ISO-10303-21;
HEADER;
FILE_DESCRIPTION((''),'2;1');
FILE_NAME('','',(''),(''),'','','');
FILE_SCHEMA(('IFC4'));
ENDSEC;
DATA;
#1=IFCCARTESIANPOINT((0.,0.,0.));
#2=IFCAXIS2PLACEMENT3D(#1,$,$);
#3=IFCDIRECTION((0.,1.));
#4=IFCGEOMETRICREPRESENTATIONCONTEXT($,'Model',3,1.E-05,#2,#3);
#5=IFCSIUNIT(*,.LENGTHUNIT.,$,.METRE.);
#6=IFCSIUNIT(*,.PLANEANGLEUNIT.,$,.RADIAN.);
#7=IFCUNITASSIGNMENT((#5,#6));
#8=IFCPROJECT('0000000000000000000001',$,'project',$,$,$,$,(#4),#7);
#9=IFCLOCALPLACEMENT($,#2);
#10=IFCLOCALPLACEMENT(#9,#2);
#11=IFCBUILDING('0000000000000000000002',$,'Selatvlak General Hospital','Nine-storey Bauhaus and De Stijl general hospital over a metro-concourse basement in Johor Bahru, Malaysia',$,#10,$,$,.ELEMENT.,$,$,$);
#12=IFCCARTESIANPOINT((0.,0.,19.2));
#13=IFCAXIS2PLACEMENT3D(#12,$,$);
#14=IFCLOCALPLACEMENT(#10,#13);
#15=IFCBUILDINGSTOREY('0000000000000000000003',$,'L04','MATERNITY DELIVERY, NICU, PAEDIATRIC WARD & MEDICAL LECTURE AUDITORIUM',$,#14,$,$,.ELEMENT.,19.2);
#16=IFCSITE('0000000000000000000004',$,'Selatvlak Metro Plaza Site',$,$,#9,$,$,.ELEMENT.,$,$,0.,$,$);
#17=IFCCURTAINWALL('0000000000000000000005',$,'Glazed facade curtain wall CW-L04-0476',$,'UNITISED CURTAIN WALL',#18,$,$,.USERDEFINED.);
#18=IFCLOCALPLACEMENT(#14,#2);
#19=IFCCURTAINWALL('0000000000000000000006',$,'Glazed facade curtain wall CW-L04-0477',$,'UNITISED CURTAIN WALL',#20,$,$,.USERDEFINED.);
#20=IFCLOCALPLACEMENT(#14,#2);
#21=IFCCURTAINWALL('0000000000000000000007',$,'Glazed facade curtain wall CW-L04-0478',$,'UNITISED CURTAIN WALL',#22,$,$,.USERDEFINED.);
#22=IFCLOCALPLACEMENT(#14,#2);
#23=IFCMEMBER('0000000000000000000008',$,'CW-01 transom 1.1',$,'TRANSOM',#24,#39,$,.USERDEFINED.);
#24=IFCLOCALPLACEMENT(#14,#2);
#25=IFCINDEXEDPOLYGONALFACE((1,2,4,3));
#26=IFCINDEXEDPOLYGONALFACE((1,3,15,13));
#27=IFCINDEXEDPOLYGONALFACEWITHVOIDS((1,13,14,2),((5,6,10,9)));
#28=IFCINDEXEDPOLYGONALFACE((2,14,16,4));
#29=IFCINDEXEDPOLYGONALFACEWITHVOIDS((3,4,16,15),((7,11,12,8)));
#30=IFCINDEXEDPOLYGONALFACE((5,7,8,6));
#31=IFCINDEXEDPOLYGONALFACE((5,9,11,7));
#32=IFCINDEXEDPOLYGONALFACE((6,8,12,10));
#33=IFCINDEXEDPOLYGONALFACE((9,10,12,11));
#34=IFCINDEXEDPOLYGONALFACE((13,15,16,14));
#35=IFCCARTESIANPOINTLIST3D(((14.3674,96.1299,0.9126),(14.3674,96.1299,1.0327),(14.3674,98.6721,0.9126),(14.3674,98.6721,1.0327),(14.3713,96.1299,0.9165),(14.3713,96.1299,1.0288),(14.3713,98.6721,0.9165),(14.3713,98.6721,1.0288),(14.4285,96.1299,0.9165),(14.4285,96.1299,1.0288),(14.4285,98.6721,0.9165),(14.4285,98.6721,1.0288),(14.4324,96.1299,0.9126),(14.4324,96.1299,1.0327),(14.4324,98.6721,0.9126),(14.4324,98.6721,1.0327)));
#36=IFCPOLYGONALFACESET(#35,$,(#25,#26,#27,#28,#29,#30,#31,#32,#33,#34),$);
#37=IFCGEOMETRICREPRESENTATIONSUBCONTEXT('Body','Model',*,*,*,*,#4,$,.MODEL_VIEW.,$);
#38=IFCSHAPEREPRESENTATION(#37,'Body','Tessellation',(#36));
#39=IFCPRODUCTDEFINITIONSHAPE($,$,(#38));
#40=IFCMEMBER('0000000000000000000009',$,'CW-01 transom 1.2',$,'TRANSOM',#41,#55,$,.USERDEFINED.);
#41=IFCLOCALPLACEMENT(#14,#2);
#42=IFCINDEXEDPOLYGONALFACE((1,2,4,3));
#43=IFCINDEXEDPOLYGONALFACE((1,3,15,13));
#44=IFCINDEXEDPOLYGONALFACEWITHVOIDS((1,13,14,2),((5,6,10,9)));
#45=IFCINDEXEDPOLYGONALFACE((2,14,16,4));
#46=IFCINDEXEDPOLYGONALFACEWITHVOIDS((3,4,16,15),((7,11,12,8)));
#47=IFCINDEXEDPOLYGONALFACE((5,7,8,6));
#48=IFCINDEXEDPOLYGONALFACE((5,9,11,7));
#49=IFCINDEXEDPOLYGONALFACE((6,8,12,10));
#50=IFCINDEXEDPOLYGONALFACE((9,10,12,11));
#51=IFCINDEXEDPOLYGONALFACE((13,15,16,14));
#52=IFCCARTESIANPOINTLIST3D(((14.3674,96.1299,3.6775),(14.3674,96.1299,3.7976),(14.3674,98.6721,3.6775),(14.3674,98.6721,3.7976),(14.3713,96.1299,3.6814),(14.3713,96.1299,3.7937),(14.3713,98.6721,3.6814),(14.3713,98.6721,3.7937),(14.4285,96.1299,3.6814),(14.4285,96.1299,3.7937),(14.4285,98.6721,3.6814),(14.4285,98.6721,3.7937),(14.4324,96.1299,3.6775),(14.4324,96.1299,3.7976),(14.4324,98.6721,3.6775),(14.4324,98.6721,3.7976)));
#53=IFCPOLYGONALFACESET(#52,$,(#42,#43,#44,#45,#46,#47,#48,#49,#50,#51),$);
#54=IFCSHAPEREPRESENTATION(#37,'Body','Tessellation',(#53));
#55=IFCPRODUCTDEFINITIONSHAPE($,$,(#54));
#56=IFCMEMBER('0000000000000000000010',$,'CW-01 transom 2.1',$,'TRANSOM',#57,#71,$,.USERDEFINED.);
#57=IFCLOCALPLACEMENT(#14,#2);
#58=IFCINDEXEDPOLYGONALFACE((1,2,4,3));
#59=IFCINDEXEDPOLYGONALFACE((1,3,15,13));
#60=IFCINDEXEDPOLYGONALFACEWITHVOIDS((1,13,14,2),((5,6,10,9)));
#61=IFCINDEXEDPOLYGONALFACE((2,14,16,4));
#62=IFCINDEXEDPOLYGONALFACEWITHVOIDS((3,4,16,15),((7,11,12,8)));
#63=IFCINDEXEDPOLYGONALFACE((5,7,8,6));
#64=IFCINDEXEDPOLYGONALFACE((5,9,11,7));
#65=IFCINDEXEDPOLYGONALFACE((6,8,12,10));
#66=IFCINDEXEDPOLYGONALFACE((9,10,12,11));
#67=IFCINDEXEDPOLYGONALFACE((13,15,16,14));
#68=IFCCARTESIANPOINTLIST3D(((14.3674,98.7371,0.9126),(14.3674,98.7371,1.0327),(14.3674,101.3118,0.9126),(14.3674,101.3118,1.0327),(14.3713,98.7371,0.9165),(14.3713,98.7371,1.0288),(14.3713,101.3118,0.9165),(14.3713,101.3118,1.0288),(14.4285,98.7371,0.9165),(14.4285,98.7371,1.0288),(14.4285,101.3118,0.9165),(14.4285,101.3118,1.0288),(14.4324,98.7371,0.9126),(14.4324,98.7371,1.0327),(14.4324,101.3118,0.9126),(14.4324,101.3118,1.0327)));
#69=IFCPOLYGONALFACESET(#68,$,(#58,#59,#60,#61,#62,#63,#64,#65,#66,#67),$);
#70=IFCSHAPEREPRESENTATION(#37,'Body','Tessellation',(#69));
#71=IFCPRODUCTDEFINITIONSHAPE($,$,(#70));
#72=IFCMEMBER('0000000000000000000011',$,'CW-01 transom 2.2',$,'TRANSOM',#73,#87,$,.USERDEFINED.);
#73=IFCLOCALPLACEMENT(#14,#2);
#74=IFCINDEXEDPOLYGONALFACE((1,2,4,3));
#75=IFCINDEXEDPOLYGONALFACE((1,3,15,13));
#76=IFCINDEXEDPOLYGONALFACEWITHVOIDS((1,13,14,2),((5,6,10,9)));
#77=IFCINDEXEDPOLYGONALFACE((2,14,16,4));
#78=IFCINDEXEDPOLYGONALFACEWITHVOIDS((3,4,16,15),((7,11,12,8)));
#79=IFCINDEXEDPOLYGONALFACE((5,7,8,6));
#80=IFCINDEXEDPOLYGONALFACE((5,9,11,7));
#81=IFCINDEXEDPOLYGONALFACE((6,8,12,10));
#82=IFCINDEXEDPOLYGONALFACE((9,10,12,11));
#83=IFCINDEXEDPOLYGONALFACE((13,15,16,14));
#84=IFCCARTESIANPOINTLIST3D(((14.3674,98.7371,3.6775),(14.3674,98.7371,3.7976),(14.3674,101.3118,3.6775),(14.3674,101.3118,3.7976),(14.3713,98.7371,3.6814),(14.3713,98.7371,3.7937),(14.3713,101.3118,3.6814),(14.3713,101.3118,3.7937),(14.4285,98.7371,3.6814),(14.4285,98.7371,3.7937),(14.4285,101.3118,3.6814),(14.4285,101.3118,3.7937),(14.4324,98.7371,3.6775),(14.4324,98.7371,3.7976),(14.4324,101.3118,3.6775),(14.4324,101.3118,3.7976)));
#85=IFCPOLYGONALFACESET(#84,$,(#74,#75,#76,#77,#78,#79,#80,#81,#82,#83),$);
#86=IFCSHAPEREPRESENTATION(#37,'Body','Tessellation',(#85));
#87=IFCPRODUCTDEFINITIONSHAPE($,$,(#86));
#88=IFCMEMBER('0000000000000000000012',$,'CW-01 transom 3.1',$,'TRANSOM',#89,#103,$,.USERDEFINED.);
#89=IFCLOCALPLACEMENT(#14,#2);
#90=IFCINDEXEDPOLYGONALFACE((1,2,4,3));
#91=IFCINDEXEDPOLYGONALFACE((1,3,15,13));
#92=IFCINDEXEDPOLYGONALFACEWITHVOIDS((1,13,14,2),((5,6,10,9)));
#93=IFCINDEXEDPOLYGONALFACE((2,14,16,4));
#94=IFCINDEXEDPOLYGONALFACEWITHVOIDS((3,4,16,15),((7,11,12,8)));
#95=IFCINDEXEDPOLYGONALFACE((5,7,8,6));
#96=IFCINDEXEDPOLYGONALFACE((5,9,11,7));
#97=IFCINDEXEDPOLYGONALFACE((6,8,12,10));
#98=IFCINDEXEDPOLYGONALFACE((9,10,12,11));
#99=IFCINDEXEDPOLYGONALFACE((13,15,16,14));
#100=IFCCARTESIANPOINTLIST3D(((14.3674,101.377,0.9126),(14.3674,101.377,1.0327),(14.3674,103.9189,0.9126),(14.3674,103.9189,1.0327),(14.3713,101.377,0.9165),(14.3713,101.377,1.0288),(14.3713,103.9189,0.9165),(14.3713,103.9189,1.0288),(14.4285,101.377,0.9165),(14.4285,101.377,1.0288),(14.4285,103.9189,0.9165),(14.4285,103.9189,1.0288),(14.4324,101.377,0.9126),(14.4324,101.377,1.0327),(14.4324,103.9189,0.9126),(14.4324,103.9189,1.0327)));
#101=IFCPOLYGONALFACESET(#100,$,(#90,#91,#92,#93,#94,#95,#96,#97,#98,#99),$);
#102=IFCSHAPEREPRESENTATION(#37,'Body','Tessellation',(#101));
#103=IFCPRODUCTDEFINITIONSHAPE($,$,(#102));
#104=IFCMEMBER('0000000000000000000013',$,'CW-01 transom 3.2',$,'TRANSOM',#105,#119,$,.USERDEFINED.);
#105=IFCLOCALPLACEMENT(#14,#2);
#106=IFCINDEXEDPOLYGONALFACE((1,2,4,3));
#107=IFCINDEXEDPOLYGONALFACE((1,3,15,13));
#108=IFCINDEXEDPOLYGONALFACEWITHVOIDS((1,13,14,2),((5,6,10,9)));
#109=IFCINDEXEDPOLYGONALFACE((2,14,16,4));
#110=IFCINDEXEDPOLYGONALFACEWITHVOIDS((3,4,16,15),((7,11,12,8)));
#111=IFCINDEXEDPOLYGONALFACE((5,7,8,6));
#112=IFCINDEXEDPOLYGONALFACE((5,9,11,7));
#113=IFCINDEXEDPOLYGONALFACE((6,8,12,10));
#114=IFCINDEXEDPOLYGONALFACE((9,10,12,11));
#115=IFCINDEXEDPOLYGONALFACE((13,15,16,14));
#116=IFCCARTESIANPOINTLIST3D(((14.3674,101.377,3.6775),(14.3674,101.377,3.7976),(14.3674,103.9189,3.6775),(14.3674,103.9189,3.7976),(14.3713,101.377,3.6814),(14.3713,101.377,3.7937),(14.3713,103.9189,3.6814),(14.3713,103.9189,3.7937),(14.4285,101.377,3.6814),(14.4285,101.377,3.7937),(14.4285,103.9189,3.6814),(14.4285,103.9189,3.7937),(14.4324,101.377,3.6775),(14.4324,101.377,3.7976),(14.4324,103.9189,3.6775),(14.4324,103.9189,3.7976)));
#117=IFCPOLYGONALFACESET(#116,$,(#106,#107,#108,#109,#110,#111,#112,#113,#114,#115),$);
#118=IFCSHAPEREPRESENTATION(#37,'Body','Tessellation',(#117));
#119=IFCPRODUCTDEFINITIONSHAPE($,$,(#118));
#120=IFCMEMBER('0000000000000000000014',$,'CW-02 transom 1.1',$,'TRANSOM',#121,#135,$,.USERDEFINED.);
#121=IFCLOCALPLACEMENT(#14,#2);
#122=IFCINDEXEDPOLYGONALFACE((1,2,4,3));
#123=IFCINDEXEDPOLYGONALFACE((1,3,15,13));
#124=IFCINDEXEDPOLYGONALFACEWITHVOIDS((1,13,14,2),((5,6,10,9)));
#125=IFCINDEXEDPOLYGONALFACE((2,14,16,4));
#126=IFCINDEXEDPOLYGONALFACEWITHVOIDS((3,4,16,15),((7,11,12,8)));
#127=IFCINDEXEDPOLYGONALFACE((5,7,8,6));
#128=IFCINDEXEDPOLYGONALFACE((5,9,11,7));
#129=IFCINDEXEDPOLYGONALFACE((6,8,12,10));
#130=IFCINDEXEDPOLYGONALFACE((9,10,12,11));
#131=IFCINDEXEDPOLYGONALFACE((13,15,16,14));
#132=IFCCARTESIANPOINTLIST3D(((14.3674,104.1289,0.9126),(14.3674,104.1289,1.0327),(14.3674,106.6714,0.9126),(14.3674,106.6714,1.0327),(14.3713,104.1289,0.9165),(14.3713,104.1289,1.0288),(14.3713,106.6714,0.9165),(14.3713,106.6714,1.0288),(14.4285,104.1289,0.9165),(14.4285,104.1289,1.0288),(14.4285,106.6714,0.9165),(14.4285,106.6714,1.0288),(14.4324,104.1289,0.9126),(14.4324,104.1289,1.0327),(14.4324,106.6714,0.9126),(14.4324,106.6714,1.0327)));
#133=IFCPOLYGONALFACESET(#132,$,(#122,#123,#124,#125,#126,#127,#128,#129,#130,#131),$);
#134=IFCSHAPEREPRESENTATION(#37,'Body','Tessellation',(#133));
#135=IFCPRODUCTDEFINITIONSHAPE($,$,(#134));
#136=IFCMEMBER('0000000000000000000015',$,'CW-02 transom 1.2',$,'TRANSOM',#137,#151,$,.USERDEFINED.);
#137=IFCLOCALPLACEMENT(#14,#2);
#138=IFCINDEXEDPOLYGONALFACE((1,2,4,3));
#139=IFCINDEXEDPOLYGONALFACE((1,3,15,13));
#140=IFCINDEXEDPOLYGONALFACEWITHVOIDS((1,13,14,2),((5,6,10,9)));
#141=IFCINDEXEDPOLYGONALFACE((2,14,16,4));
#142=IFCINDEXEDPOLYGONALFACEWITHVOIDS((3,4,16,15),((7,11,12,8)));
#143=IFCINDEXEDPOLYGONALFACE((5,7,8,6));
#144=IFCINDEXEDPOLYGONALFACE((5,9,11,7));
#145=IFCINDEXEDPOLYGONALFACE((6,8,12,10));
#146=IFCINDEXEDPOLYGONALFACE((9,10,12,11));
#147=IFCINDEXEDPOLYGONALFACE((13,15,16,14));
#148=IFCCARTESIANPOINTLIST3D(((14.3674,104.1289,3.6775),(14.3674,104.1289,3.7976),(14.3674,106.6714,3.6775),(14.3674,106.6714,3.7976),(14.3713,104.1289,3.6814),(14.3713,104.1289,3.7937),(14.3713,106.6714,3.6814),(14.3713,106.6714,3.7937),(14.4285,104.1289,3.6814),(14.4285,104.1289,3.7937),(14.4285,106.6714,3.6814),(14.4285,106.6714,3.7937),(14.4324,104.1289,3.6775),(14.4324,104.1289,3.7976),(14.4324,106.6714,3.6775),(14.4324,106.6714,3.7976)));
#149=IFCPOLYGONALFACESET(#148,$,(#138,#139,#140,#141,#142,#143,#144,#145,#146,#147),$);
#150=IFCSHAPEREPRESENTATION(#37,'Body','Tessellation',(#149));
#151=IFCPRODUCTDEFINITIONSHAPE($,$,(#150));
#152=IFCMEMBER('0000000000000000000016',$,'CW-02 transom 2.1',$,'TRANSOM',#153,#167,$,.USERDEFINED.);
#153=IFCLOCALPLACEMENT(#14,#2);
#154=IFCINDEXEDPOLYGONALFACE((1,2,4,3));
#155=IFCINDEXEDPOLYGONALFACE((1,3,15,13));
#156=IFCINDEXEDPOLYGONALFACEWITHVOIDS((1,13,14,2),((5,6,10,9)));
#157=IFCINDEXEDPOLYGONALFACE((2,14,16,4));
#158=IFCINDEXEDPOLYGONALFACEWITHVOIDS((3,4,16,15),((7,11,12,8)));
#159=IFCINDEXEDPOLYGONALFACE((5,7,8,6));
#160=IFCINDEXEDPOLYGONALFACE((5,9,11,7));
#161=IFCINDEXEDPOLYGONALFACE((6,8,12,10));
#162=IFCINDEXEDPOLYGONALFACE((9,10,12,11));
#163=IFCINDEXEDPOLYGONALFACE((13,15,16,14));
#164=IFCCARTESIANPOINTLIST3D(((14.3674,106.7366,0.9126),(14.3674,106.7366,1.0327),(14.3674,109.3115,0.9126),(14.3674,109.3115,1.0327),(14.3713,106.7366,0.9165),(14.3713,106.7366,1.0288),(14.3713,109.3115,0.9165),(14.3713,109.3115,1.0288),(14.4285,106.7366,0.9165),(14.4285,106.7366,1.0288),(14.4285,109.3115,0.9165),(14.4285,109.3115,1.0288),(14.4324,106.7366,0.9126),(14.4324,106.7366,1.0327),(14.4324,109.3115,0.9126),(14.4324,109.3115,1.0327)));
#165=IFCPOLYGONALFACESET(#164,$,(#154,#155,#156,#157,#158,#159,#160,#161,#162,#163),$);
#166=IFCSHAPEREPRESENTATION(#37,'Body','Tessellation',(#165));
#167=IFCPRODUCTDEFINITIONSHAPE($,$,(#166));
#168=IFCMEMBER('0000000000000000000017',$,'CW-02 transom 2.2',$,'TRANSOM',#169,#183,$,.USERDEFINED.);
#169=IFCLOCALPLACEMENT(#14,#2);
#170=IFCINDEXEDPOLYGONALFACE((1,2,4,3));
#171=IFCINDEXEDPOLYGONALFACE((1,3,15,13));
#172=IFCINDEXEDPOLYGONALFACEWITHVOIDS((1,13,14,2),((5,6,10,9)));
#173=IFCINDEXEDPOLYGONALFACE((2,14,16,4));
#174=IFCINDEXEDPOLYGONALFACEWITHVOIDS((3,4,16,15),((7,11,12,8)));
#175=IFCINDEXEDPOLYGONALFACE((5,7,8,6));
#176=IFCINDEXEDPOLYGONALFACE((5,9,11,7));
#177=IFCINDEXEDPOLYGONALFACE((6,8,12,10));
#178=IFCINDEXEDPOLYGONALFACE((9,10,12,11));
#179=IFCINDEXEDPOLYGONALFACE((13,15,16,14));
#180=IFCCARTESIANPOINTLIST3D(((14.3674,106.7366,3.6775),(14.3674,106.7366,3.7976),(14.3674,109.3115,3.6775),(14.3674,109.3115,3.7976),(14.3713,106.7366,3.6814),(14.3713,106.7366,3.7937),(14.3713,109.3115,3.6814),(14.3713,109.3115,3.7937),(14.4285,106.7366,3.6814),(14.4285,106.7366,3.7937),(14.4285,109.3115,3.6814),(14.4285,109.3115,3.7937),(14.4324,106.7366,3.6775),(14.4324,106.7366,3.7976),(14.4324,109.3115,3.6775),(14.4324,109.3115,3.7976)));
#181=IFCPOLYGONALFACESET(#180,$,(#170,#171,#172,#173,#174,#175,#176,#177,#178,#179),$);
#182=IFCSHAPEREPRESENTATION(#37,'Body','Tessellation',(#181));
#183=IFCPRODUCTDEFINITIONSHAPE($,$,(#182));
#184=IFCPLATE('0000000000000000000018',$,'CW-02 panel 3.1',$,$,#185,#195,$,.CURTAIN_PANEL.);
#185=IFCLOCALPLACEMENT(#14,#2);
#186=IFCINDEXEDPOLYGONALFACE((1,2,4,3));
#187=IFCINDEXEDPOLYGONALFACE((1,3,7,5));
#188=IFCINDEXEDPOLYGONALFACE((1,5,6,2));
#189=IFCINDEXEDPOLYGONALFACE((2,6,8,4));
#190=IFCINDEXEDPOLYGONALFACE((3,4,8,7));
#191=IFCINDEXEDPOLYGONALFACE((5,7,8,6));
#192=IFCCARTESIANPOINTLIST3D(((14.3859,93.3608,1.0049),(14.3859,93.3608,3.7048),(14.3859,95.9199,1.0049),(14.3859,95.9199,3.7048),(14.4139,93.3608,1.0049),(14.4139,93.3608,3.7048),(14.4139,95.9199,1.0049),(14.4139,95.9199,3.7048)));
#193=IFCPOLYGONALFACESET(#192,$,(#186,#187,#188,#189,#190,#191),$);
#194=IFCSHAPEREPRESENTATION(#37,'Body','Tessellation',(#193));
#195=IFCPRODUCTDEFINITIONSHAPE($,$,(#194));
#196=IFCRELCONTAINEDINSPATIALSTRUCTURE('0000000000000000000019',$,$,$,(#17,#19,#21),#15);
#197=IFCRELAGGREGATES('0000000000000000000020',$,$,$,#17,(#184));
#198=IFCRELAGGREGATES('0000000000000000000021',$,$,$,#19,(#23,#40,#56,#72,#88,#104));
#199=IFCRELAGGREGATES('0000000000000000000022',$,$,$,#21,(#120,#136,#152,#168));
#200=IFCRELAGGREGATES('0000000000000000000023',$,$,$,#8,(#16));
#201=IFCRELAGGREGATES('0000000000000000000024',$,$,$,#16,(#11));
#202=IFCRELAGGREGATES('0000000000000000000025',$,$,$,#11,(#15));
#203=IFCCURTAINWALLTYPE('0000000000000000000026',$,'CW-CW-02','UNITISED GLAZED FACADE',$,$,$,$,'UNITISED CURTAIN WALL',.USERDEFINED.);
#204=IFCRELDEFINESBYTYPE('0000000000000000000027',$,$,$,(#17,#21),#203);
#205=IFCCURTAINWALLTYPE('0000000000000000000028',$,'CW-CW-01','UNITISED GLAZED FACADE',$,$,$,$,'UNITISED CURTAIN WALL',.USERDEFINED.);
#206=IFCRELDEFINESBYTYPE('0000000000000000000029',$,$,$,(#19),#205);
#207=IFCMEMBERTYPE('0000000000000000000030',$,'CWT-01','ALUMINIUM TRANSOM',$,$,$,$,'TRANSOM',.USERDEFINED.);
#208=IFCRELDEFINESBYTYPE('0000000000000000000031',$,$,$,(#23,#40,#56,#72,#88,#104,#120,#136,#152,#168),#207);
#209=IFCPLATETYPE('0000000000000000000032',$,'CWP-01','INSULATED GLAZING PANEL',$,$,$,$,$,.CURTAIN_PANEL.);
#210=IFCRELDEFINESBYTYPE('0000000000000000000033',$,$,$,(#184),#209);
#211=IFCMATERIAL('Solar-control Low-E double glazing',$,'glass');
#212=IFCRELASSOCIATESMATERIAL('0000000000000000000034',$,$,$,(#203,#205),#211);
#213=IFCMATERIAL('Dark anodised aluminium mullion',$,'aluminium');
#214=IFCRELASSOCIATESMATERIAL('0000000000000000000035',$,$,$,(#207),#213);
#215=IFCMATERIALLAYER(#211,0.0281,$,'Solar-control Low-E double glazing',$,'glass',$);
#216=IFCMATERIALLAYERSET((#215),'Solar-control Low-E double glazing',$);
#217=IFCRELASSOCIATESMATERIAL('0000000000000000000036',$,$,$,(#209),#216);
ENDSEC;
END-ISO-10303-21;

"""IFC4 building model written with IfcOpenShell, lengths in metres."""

from ifc_helpers import new_model, si_unit, direction, frame, origin, origin_2d, place, context, subcontext, project, spatial, rectangle, hollow_rectangle, extrude, material, layer, layer_set, material_profile, profile_set, type_object, element, aggregate, save


model = new_model("IFC4")

# Units and contexts
model_context = context("Model", 3, precision=1e-05, world=origin(), true_north=direction((0.0, 1.0)))
body_context = subcontext(model_context, "Body", "Model", "MODEL_VIEW")
ifc_project = project(units=[si_unit("LENGTHUNIT", "METRE"), si_unit("PLANEANGLEUNIT", "RADIAN")], contexts=[model_context])

# Site, building, storey
site_placement = place(None, origin())
site = spatial("IfcSite", under=ifc_project, at=site_placement, Name="Selatvlak Metro Plaza Site", CompositionType="ELEMENT", RefElevation=0.0)
building_placement = place(site_placement, origin())
building = spatial("IfcBuilding", under=site, at=building_placement, Name="Selatvlak General Hospital", Description="Nine-storey Bauhaus and De Stijl general hospital over a metro-concourse basement in Johor Bahru, Malaysia", CompositionType="ELEMENT")
storey_placement = place(building_placement, frame((0.0, 0.0, 19.2)))
storey = spatial("IfcBuildingStorey", under=building, at=storey_placement, Name="L04", Description="MATERNITY DELIVERY, NICU, PAEDIATRIC WARD & MEDICAL LECTURE AUDITORIUM", CompositionType="ELEMENT", Elevation=19.2)

# Curtain walls
ifc_material_1 = material(Name="Solar-control Low-E double glazing", Category="glass")
curtain_wall_type_1 = type_object("IfcCurtainWallType", Name="CW-CW-02", Description="UNITISED GLAZED FACADE", ElementType="UNITISED CURTAIN WALL", PredefinedType="USERDEFINED", material=ifc_material_1)
curtain_wall_1_placement = place(storey_placement, origin())
curtain_wall_1 = element("IfcCurtainWall", 1, at=curtain_wall_1_placement, inside=storey, type_object=curtain_wall_type_1, Name="Glazed facade curtain wall CW-L04-0476", ObjectType="UNITISED CURTAIN WALL", PredefinedType="USERDEFINED")
ifc_material_2 = material(Name="Dark anodised aluminium mullion", Category="aluminium")
curtain_wall_type_2 = type_object("IfcCurtainWallType", Name="CW-CW-01", Description="UNITISED GLAZED FACADE", ElementType="UNITISED CURTAIN WALL", PredefinedType="USERDEFINED", material=ifc_material_1)
curtain_wall_2_placement = place(storey_placement, origin())
curtain_wall_2 = element("IfcCurtainWall", 2, at=curtain_wall_2_placement, inside=storey, type_object=curtain_wall_type_2, Name="Glazed facade curtain wall CW-L04-0477", ObjectType="UNITISED CURTAIN WALL", PredefinedType="USERDEFINED")
curtain_wall_3_placement = place(storey_placement, origin())
curtain_wall_3 = element("IfcCurtainWall", 3, at=curtain_wall_3_placement, inside=storey, type_object=curtain_wall_type_1, Name="Glazed facade curtain wall CW-L04-0478", ObjectType="UNITISED CURTAIN WALL", PredefinedType="USERDEFINED")

# Members
ifc_material_profile_1 = material_profile(ifc_material_2, hollow_rectangle(XDim=0.0649, YDim=0.1201, WallThickness=0.0039, at=origin_2d()), Name="AL-TRN 65x120x4")
ifc_profile_set_1 = profile_set([ifc_material_profile_1], Name="Dark anodised aluminium mullion")
member_type_1 = type_object("IfcMemberType", Name="CWT-01", Description="ALUMINIUM TRANSOM", ElementType="TRANSOM", PredefinedType="USERDEFINED", material=ifc_profile_set_1)
member_1_placement = place(storey_placement, frame((14.3999, 96.1299, 0.9727), z_axis=(0.0, 1.0, 0.0), x_axis=(-1.0, 0.0, 0.0)))
member_1 = element("IfcMember", 4, at=member_1_placement, type_object=member_type_1, Name="CW-01 transom 1.1", ObjectType="TRANSOM", PredefinedType="USERDEFINED", context=body_context, shape_type="SweptSolid", body=[
    extrude(hollow_rectangle(XDim=0.0649, YDim=0.1201, WallThickness=0.0039, at=origin_2d()), origin(), (0.0, 0.0, 1.0), 2.5422),
])
member_2_placement = place(storey_placement, frame((14.3999, 96.1299, 3.7375), z_axis=(0.0, 1.0, 0.0), x_axis=(-1.0, 0.0, 0.0)))
member_2 = element("IfcMember", 5, at=member_2_placement, type_object=member_type_1, Name="CW-01 transom 1.2", ObjectType="TRANSOM", PredefinedType="USERDEFINED", context=body_context, shape_type="SweptSolid", body=[
    extrude(hollow_rectangle(XDim=0.0649, YDim=0.1201, WallThickness=0.0039, at=origin_2d()), origin(), (0.0, 0.0, 1.0), 2.5422),
])
member_3_placement = place(storey_placement, frame((14.3999, 98.7371, 0.9727), z_axis=(0.0, 1.0, 0.0), x_axis=(-1.0, 0.0, 0.0)))
member_3 = element("IfcMember", 6, at=member_3_placement, type_object=member_type_1, Name="CW-01 transom 2.1", ObjectType="TRANSOM", PredefinedType="USERDEFINED", context=body_context, shape_type="SweptSolid", body=[
    extrude(hollow_rectangle(XDim=0.0649, YDim=0.1201, WallThickness=0.0039, at=origin_2d()), origin(), (0.0, 0.0, 1.0), 2.5747),
])
member_4_placement = place(storey_placement, frame((14.3999, 98.7371, 3.7375), z_axis=(0.0, 1.0, 0.0), x_axis=(-1.0, 0.0, 0.0)))
member_4 = element("IfcMember", 7, at=member_4_placement, type_object=member_type_1, Name="CW-01 transom 2.2", ObjectType="TRANSOM", PredefinedType="USERDEFINED", context=body_context, shape_type="SweptSolid", body=[
    extrude(hollow_rectangle(XDim=0.0649, YDim=0.1201, WallThickness=0.0039, at=origin_2d()), origin(), (0.0, 0.0, 1.0), 2.5747),
])
member_5_placement = place(storey_placement, frame((14.3999, 101.377, 0.9727), z_axis=(0.0, 1.0, 0.0), x_axis=(-1.0, 0.0, 0.0)))
member_5 = element("IfcMember", 8, at=member_5_placement, type_object=member_type_1, Name="CW-01 transom 3.1", ObjectType="TRANSOM", PredefinedType="USERDEFINED", context=body_context, shape_type="SweptSolid", body=[
    extrude(hollow_rectangle(XDim=0.0649, YDim=0.1201, WallThickness=0.0039, at=origin_2d()), origin(), (0.0, 0.0, 1.0), 2.542),
])
member_6_placement = place(storey_placement, frame((14.3999, 101.377, 3.7375), z_axis=(0.0, 1.0, 0.0), x_axis=(-1.0, 0.0, 0.0)))
member_6 = element("IfcMember", 9, at=member_6_placement, type_object=member_type_1, Name="CW-01 transom 3.2", ObjectType="TRANSOM", PredefinedType="USERDEFINED", context=body_context, shape_type="SweptSolid", body=[
    extrude(hollow_rectangle(XDim=0.0649, YDim=0.1201, WallThickness=0.0039, at=origin_2d()), origin(), (0.0, 0.0, 1.0), 2.542),
])
member_7_placement = place(storey_placement, frame((14.3999, 104.1289, 0.9727), z_axis=(0.0, 1.0, 0.0), x_axis=(-1.0, 0.0, 0.0)))
member_7 = element("IfcMember", 10, at=member_7_placement, type_object=member_type_1, Name="CW-02 transom 1.1", ObjectType="TRANSOM", PredefinedType="USERDEFINED", context=body_context, shape_type="SweptSolid", body=[
    extrude(hollow_rectangle(XDim=0.0649, YDim=0.1201, WallThickness=0.0039, at=origin_2d()), origin(), (0.0, 0.0, 1.0), 2.5425),
])
member_8_placement = place(storey_placement, frame((14.3999, 104.1289, 3.7375), z_axis=(0.0, 1.0, 0.0), x_axis=(-1.0, 0.0, 0.0)))
member_8 = element("IfcMember", 11, at=member_8_placement, type_object=member_type_1, Name="CW-02 transom 1.2", ObjectType="TRANSOM", PredefinedType="USERDEFINED", context=body_context, shape_type="SweptSolid", body=[
    extrude(hollow_rectangle(XDim=0.0649, YDim=0.1201, WallThickness=0.0039, at=origin_2d()), origin(), (0.0, 0.0, 1.0), 2.5425),
])
member_9_placement = place(storey_placement, frame((14.3999, 106.7366, 0.9727), z_axis=(0.0, 1.0, 0.0), x_axis=(-1.0, 0.0, 0.0)))
member_9 = element("IfcMember", 12, at=member_9_placement, type_object=member_type_1, Name="CW-02 transom 2.1", ObjectType="TRANSOM", PredefinedType="USERDEFINED", context=body_context, shape_type="SweptSolid", body=[
    extrude(hollow_rectangle(XDim=0.0649, YDim=0.1201, WallThickness=0.0039, at=origin_2d()), origin(), (0.0, 0.0, 1.0), 2.575),
])
member_10_placement = place(storey_placement, frame((14.3999, 106.7366, 3.7375), z_axis=(0.0, 1.0, 0.0), x_axis=(-1.0, 0.0, 0.0)))
member_10 = element("IfcMember", 13, at=member_10_placement, type_object=member_type_1, Name="CW-02 transom 2.2", ObjectType="TRANSOM", PredefinedType="USERDEFINED", context=body_context, shape_type="SweptSolid", body=[
    extrude(hollow_rectangle(XDim=0.0649, YDim=0.1201, WallThickness=0.0039, at=origin_2d()), origin(), (0.0, 0.0, 1.0), 2.575),
])

# Plate
ifc_layer_1 = layer(ifc_material_1, 0.0281, Name="Solar-control Low-E double glazing", Category="glass")
ifc_layer_set_1 = layer_set([ifc_layer_1], Name="Solar-control Low-E double glazing")
plate_type = type_object("IfcPlateType", Name="CWP-01", Description="INSULATED GLAZING PANEL", PredefinedType="CURTAIN_PANEL", material=ifc_layer_set_1)
plate_1_placement = place(storey_placement, frame((14.3999, 94.6404, 1.0049), z_axis=(0.0, 0.0, 1.0), x_axis=(0.0, 1.0, 0.0)))
plate_1 = element("IfcPlate", 14, at=plate_1_placement, type_object=plate_type, Name="CW-02 panel 3.1", PredefinedType="CURTAIN_PANEL", context=body_context, shape_type="SweptSolid", body=[
    extrude(rectangle(XDim=2.5591, YDim=0.0281, at=origin_2d()), origin(), (0.0, 0.0, 1.0), 2.7),
])
aggregate(curtain_wall_1, [plate_1])
aggregate(curtain_wall_2, [member_1, member_2, member_3, member_4, member_5, member_6])
aggregate(curtain_wall_3, [member_7, member_8, member_9, member_10])

save(model, "model.ifc")
